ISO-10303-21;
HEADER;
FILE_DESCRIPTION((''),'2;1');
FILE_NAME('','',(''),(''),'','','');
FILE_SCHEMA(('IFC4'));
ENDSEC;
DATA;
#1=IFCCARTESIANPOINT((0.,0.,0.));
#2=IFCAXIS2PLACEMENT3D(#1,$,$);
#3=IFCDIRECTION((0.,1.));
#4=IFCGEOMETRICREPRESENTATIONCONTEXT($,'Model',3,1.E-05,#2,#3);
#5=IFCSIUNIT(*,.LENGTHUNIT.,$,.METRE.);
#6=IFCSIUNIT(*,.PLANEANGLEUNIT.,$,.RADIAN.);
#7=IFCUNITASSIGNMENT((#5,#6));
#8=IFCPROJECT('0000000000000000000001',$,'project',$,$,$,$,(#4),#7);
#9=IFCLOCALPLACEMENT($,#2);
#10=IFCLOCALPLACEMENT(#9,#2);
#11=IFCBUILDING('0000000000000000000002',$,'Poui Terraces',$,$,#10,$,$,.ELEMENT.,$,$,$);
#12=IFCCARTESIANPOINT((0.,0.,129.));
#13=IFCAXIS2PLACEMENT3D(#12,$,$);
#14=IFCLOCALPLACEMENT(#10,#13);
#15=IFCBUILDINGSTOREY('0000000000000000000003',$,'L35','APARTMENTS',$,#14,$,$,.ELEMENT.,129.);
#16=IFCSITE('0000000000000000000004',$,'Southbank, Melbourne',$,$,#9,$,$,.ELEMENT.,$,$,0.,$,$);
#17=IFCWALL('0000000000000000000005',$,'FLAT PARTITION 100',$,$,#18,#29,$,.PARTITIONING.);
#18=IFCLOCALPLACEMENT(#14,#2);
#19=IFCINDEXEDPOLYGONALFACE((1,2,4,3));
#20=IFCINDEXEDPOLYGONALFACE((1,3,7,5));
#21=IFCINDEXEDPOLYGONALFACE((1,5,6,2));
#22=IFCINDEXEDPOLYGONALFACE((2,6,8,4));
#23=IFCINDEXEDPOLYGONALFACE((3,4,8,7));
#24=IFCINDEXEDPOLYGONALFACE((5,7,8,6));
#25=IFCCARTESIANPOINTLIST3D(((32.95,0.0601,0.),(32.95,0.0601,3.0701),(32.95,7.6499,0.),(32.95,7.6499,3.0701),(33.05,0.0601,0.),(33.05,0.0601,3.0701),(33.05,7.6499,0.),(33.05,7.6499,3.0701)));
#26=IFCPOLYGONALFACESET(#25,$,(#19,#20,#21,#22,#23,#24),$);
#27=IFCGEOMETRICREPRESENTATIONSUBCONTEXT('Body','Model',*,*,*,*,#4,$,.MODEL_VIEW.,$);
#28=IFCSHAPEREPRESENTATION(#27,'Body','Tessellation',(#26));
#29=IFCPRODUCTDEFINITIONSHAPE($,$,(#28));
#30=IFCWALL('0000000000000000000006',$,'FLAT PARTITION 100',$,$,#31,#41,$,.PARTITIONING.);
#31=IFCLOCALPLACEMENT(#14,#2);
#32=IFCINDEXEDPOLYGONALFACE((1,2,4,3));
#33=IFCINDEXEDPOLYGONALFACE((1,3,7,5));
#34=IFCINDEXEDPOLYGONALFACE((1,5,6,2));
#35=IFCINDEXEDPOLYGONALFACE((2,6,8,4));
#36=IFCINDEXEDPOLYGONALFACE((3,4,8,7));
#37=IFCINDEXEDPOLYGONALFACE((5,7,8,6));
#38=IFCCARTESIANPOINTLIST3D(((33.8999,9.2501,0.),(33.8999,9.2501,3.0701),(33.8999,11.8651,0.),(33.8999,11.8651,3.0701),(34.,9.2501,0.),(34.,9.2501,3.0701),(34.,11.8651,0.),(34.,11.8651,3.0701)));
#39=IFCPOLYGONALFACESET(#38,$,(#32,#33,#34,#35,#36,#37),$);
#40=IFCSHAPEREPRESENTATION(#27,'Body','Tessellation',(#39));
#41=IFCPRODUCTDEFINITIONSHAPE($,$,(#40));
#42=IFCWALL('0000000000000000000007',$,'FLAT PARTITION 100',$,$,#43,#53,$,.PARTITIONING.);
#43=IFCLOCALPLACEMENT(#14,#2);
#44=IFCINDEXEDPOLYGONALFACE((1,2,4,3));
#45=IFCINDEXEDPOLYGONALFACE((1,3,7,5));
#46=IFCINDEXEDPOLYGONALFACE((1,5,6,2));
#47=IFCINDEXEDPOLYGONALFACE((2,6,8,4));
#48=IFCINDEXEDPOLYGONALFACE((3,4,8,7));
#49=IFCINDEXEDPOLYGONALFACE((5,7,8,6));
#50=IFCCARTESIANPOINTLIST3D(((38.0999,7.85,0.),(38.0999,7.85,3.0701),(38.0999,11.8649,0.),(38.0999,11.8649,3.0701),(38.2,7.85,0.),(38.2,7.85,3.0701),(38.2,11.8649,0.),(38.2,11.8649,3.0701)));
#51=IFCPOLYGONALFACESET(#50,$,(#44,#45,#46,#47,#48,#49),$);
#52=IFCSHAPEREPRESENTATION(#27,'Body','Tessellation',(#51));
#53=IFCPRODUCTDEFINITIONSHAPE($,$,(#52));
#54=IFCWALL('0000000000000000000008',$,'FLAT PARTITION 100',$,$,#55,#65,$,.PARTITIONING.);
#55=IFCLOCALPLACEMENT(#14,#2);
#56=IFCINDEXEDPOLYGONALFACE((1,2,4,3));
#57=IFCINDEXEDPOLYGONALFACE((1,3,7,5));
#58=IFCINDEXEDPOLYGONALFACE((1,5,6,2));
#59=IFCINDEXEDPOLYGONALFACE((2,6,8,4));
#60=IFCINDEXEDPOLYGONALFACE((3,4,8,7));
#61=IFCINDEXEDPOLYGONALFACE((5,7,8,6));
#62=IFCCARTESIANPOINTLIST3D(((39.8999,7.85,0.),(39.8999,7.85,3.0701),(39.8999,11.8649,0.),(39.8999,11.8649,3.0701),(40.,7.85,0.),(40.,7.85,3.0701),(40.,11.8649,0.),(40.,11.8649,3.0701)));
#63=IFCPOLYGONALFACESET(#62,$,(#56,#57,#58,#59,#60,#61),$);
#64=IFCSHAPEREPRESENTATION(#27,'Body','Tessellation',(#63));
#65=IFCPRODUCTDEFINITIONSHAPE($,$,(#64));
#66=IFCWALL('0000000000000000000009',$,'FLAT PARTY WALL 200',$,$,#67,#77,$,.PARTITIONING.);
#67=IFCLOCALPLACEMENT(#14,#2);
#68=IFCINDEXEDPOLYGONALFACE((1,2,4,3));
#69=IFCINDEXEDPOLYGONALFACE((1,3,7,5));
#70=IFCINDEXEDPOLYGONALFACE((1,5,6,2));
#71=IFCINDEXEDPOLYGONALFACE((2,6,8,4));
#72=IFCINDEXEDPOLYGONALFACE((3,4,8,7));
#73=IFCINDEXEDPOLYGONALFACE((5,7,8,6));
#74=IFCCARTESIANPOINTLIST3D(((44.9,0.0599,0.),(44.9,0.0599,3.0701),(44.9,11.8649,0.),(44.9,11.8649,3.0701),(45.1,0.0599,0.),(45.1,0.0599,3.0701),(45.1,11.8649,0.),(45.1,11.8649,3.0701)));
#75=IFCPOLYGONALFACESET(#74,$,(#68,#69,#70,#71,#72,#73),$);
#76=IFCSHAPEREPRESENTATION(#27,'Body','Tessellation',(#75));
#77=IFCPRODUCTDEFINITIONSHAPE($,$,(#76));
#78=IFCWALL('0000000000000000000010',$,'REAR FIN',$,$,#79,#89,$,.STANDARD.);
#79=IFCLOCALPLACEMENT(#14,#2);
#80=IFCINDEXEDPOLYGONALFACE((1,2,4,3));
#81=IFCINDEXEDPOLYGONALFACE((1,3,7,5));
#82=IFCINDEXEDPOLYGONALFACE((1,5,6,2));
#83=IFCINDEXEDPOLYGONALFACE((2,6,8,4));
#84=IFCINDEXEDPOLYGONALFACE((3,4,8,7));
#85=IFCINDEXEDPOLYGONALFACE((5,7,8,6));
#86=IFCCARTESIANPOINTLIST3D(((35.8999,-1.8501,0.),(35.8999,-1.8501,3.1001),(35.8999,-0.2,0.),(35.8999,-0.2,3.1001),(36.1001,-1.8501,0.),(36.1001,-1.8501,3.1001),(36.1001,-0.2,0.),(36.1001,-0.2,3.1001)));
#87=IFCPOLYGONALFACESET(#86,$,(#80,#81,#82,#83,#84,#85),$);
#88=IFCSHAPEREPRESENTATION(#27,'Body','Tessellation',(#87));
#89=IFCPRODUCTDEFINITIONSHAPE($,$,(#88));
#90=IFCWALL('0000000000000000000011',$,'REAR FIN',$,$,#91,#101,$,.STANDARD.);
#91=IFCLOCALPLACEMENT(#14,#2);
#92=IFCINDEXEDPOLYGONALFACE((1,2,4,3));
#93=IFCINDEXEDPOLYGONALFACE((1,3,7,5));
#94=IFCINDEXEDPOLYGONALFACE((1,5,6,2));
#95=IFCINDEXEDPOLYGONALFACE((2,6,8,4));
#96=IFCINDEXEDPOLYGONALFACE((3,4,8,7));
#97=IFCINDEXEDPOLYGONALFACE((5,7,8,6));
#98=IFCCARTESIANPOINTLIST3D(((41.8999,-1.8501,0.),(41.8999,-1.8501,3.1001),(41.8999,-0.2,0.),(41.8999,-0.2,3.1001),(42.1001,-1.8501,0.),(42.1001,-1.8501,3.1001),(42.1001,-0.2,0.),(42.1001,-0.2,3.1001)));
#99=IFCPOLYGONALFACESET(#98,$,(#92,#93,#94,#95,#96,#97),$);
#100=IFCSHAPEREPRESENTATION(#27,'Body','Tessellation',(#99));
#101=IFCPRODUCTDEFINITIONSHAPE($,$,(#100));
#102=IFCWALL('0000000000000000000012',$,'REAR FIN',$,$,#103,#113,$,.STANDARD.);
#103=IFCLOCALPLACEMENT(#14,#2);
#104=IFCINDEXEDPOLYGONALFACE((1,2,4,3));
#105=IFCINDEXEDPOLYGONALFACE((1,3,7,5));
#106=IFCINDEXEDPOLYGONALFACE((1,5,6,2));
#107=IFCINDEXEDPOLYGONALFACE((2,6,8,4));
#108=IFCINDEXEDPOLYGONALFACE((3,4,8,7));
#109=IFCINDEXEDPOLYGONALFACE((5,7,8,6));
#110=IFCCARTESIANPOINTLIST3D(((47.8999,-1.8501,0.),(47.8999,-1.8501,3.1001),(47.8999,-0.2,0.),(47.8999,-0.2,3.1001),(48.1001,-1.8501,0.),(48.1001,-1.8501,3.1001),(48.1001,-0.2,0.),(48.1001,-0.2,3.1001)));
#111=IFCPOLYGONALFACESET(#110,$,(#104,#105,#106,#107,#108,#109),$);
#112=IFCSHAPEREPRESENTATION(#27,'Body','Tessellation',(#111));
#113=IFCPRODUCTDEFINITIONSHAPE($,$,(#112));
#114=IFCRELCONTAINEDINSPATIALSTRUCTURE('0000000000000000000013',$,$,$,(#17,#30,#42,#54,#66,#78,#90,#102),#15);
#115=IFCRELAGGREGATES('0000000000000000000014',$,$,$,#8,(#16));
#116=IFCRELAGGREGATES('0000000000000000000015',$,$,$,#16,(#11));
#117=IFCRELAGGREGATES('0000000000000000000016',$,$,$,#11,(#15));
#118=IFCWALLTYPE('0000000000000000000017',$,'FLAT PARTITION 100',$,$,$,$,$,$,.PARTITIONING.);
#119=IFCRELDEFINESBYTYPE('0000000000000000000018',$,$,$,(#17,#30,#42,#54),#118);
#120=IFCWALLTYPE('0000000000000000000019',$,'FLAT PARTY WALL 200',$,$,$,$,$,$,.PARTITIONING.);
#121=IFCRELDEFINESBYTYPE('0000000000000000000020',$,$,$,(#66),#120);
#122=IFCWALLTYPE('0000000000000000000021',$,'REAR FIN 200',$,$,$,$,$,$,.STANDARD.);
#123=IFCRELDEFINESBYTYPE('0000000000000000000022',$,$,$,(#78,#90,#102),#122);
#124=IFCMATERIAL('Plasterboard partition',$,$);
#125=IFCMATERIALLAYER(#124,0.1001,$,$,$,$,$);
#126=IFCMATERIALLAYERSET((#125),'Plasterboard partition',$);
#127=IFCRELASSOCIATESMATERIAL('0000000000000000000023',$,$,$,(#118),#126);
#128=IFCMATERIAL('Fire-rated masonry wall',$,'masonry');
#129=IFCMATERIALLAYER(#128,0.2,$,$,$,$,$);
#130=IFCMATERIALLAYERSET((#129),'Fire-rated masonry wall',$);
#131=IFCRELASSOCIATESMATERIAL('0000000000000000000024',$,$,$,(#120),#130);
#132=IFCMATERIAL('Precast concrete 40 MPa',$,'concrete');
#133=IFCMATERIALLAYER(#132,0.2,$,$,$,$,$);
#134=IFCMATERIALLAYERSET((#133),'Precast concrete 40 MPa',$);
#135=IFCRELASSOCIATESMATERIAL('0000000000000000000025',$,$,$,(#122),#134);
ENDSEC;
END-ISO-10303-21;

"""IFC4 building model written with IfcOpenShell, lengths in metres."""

from ifc_helpers import new_model, si_unit, direction, frame, frame_2d, origin, place, context, subcontext, project, spatial, polyline, rectangle, outline, extrude, source, transform, mapped, material, layer, layer_set, type_object, element, save


model = new_model("IFC4")

# Units and contexts
model_context = context("Model", 3, precision=1e-05, world=origin(), true_north=direction((0.0, 1.0)))
body_context = subcontext(model_context, "Body", "Model", "MODEL_VIEW")
ifc_project = project(units=[si_unit("LENGTHUNIT", "METRE"), si_unit("PLANEANGLEUNIT", "RADIAN")], contexts=[model_context])

# Site, building, storey
site_placement = place(None, origin())
site = spatial("IfcSite", under=ifc_project, at=site_placement, Name="Southbank, Melbourne", CompositionType="ELEMENT", RefElevation=0.0)
building_placement = place(site_placement, origin())
building = spatial("IfcBuilding", under=site, at=building_placement, Name="Poui Terraces", CompositionType="ELEMENT")
storey_placement = place(building_placement, frame((0.0, 0.0, 129.0)))
storey = spatial("IfcBuildingStorey", under=building, at=storey_placement, Name="L35", Description="APARTMENTS", CompositionType="ELEMENT", Elevation=129.0)

# Shared definitions
ifc_material_1 = material(Name="Precast concrete 40 MPa", Category="concrete")

# Shared definitions
ifc_material_2 = material(Name="Plasterboard partition")
ifc_layer_1 = layer(ifc_material_2, 0.1001)
ifc_layer_set_1 = layer_set([ifc_layer_1], Name="Plasterboard partition")
wall_type_1 = type_object("IfcWallType", Name="FLAT PARTITION 100", PredefinedType="PARTITIONING", material=ifc_layer_set_1)

# Walls
wall_1_placement = place(storey_placement, frame((33.0, 0.0601, 0.0), z_axis=(0.0, 0.0, 1.0), x_axis=(0.0, 1.0, 0.0)))
element("IfcWall", 1, at=wall_1_placement, inside=storey, type_object=wall_type_1, Name="FLAT PARTITION 100", PredefinedType="PARTITIONING", context=body_context, shape_type="SweptSolid", body=[
    extrude(rectangle(XDim=7.5898, YDim=0.1001, at=frame_2d((3.7949, 0.0))), origin(), (0.0, 0.0, 1.0), 3.0701),
])
wall_2_placement = place(storey_placement, frame((33.95, 9.25, 0.0), z_axis=(0.0, 0.0, 1.0), x_axis=(0.0, 1.0, 0.0)))
element("IfcWall", 2, at=wall_2_placement, inside=storey, type_object=wall_type_1, Name="FLAT PARTITION 100", PredefinedType="PARTITIONING", context=body_context, shape_type="SweptSolid", body=[
    extrude(rectangle(XDim=2.615, YDim=0.1001, at=frame_2d((1.3076, 0.0))), origin(), (0.0, 0.0, 1.0), 3.0701),
])
for number, where, z_axis, x_axis, name in (
    (3, (38.1499, 7.8501, 0.0), (0.0, 0.0, 1.0), (0.0, 1.0, 0.0), "FLAT PARTITION 100"),
    (4, (39.95, 7.8501, 0.0), (0.0, 0.0, 1.0), (0.0, 1.0, 0.0), "FLAT PARTITION 100"),
):
    element("IfcWall", number, at=place(storey_placement, frame(where, z_axis=z_axis, x_axis=x_axis)), inside=storey, type_object=wall_type_1, Name=name, PredefinedType="PARTITIONING", context=body_context, shape_type="SweptSolid", body=[
        extrude(rectangle(XDim=4.0149, YDim=0.1001, at=frame_2d((2.0073, 0.0))), origin(), (0.0, 0.0, 1.0), 3.0701),
    ])
ifc_material_3 = material(Name="Fire-rated masonry wall", Category="masonry")
ifc_layer_2 = layer(ifc_material_3, 0.2)
ifc_layer_set_2 = layer_set([ifc_layer_2], Name="Fire-rated masonry wall")
wall_type_2 = type_object("IfcWallType", Name="FLAT PARTY WALL 200", PredefinedType="PARTITIONING", material=ifc_layer_set_2)
wall_3_placement = place(storey_placement, frame((45.0, 0.0601, 0.0), z_axis=(0.0, 0.0, 1.0), x_axis=(0.0, 1.0, 0.0)))
element("IfcWall", 5, at=wall_3_placement, inside=storey, type_object=wall_type_2, Name="FLAT PARTY WALL 200", PredefinedType="PARTITIONING", context=body_context, shape_type="SweptSolid", body=[
    extrude(rectangle(XDim=11.8049, YDim=0.2, at=frame_2d((5.9023, 0.0))), origin(), (0.0, 0.0, 1.0), 3.0701),
])
ifc_layer_3 = layer(ifc_material_1, 0.2)
ifc_layer_set_3 = layer_set([ifc_layer_3], Name="Precast concrete 40 MPa")
wall_type_3 = type_object("IfcWallType", Name="REAR FIN 200", PredefinedType="STANDARD", material=ifc_layer_set_3)
shared_shape_1 = source(origin(), body_context, "Body", "SweptSolid", [
    extrude(outline(polyline([(0.0, 0.0), (0.2002, 0.0), (0.2002, 1.6501), (0.0, 1.6501), (0.0, 0.0)])), origin(), (0.0, 0.0, 1.0), 3.1001),
])
for number, where, name in (
    (6, (35.8999, -1.8501, 0.0), "REAR FIN"),
    (7, (41.8999, -1.8501, 0.0), "REAR FIN"),
    (8, (47.8999, -1.8501, 0.0), "REAR FIN"),
):
    element("IfcWall", number, at=place(storey_placement, frame(where)), inside=storey, type_object=wall_type_3, Name=name, PredefinedType="STANDARD", context=body_context, shape_type="MappedRepresentation", body=[
        mapped(shared_shape_1, transform((0.0, 0.0, 0.0))),
    ])

save(model, "model.ifc")
